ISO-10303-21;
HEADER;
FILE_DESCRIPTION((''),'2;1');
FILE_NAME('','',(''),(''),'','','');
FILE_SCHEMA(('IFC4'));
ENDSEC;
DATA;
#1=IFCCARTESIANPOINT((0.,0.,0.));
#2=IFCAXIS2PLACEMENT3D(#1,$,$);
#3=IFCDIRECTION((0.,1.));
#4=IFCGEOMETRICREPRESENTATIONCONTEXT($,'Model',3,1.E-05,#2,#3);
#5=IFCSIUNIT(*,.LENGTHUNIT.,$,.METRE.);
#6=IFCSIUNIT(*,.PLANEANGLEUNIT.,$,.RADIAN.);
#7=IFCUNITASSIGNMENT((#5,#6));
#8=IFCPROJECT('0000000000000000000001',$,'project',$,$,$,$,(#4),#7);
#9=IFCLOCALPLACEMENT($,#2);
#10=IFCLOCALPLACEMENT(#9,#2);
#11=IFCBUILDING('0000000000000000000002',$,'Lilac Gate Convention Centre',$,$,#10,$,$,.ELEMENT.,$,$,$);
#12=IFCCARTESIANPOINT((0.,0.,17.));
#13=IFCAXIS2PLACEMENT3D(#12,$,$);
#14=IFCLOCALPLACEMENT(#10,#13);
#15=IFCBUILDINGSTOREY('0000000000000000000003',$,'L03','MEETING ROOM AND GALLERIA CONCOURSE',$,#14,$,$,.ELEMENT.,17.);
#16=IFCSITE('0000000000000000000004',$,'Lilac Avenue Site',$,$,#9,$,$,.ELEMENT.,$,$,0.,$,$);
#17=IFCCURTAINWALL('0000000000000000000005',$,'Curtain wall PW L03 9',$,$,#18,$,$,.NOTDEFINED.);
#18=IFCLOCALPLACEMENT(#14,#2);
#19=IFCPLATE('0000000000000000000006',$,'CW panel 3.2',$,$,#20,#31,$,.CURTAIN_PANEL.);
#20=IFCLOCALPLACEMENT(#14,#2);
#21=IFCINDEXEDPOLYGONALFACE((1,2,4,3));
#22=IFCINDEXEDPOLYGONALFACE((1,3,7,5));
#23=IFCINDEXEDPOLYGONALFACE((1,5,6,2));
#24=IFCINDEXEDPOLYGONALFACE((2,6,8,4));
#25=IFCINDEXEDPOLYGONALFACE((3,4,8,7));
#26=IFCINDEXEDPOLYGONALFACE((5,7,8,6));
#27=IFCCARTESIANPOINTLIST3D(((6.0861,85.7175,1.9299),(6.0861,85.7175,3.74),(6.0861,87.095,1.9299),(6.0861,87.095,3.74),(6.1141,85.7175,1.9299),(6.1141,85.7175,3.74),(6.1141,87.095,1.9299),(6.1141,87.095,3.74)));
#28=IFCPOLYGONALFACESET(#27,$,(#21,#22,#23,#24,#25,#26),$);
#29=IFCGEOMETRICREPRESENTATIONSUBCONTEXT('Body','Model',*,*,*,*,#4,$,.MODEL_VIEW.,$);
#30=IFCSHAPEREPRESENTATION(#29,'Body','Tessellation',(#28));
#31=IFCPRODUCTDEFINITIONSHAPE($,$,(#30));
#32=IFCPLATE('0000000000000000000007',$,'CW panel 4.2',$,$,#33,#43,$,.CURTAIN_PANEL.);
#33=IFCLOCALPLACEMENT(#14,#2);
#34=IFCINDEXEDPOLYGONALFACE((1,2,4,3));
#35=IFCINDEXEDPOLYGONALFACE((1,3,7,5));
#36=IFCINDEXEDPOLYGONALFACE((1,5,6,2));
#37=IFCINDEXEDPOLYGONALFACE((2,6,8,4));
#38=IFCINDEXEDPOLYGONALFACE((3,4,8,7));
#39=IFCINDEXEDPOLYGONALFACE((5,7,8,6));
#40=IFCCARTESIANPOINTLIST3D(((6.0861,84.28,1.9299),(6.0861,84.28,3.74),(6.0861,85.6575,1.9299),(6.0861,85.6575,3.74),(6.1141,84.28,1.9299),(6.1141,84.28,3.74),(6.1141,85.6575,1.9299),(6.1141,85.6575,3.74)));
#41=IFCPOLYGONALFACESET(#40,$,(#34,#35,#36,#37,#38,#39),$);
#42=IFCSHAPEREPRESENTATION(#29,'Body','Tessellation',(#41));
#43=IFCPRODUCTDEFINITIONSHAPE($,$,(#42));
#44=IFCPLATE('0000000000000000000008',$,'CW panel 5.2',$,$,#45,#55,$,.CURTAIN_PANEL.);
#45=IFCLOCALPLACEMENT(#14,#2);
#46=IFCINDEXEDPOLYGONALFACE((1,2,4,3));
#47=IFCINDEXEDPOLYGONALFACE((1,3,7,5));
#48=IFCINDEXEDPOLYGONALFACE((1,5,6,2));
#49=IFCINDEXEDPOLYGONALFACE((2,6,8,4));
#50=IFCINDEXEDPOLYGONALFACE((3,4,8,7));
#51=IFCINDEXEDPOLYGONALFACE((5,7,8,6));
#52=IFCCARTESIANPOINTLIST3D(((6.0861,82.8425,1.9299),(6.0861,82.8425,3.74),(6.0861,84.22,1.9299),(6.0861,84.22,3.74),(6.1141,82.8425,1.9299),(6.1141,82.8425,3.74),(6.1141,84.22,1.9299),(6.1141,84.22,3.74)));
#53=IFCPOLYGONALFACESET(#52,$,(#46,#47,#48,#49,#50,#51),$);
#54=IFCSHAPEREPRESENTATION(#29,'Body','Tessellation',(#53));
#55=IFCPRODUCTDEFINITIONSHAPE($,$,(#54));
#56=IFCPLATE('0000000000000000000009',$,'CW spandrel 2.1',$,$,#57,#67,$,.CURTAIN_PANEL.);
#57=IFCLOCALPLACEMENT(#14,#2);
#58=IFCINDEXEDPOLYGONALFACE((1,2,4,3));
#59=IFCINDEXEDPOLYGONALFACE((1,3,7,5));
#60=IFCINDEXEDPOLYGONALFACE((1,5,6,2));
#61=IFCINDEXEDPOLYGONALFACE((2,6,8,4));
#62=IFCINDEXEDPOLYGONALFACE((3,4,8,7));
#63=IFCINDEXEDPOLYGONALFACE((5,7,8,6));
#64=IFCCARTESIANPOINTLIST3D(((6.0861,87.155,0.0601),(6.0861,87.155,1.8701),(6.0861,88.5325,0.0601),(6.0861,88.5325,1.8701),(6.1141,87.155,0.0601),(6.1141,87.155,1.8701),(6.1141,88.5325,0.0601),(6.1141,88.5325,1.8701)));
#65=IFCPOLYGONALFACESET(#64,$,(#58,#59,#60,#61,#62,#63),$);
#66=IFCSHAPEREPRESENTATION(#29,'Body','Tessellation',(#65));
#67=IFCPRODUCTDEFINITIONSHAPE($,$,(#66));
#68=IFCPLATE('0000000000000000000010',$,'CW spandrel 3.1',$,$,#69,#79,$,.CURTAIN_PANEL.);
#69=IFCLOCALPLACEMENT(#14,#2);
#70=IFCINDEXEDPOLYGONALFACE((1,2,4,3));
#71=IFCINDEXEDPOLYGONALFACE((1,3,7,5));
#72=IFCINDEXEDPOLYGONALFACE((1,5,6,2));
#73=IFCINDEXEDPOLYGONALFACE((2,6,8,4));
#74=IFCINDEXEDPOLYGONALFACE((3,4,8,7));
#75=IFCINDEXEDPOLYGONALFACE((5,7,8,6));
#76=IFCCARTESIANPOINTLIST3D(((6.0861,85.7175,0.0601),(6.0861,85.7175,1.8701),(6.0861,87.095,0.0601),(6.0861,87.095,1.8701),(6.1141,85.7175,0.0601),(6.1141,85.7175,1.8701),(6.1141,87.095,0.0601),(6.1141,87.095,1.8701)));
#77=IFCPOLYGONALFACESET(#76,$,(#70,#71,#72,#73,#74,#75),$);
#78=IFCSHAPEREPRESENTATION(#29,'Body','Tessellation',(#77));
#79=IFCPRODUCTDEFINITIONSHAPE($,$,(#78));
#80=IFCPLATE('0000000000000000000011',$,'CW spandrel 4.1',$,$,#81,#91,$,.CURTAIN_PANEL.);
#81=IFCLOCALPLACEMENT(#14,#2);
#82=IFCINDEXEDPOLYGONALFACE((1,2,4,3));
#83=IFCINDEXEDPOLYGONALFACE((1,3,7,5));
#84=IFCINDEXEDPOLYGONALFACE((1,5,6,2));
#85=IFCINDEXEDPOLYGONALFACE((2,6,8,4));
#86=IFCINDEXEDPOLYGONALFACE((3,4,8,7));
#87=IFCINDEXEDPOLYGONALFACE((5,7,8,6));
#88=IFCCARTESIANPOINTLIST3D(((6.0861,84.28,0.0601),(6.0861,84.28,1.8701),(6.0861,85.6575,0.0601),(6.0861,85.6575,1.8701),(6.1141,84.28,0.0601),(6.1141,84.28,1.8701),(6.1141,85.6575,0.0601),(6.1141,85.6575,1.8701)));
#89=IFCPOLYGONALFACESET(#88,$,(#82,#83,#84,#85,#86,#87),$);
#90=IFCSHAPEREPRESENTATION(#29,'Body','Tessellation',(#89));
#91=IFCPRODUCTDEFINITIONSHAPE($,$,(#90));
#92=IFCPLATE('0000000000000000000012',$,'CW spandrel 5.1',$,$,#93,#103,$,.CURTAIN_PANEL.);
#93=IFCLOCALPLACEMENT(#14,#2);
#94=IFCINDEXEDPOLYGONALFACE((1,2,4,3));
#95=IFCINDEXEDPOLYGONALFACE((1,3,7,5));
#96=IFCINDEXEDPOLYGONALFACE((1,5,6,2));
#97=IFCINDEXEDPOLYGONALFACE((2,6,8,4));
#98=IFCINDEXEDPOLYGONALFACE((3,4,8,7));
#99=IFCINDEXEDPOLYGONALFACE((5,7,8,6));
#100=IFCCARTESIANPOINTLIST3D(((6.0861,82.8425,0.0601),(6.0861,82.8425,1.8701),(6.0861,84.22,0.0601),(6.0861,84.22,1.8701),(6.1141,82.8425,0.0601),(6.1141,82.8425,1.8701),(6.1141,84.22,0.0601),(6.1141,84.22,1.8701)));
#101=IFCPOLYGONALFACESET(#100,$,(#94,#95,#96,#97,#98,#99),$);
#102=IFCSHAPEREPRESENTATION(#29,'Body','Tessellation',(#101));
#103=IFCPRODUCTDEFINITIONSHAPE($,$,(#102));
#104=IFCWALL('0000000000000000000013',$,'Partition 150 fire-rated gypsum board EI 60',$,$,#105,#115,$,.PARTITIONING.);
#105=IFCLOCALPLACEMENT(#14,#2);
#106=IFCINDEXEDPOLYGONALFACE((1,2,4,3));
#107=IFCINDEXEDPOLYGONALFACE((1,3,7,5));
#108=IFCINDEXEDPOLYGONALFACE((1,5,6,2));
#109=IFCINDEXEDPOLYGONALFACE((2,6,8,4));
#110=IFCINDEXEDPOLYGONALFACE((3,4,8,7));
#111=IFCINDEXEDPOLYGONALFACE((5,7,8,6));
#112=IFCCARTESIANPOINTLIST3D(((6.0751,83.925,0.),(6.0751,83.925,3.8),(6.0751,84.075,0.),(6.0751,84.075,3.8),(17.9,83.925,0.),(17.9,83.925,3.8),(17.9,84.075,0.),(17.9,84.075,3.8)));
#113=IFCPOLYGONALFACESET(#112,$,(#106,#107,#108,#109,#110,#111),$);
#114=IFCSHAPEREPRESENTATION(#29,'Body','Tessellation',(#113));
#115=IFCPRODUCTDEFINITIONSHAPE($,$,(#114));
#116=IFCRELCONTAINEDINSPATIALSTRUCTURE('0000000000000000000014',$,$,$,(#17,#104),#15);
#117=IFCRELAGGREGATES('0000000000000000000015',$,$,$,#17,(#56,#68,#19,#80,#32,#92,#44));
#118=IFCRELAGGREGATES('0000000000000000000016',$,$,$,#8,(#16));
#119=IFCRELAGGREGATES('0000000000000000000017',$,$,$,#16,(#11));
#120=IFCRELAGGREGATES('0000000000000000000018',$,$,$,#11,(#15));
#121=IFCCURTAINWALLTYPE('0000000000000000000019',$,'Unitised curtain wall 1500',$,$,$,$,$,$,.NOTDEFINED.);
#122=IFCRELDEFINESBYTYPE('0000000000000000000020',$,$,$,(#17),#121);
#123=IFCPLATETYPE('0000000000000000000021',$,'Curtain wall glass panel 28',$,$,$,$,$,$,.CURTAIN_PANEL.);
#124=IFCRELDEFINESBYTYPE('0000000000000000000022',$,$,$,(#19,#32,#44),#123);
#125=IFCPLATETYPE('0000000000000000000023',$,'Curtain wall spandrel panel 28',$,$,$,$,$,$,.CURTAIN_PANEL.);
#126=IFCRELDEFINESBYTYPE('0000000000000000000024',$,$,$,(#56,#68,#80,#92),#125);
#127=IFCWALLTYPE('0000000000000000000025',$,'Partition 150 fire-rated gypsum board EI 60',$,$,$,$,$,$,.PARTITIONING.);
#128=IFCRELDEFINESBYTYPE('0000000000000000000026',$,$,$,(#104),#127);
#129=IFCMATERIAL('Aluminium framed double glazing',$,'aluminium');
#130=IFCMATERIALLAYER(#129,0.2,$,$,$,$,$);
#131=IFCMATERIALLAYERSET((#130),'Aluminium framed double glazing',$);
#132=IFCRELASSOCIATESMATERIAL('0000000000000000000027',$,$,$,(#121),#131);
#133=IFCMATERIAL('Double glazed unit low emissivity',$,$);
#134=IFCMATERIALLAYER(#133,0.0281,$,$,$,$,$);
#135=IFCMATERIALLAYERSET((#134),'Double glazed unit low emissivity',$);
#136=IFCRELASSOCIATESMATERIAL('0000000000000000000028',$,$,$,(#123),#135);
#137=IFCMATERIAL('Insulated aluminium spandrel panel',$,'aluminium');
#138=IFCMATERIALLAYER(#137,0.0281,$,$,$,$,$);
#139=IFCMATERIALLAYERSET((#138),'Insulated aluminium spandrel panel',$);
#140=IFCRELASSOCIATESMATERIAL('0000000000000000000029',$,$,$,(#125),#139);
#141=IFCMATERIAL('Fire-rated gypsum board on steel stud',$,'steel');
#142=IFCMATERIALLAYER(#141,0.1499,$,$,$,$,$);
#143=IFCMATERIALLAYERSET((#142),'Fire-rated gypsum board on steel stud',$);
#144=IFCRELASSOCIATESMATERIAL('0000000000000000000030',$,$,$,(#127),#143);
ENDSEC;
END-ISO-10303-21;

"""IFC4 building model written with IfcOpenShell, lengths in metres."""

from ifc_helpers import new_model, si_unit, direction, frame, frame_2d, origin, origin_2d, place, context, subcontext, project, spatial, rectangle, extrude, material, layer, layer_set, type_object, element, aggregate, save


model = new_model("IFC4")

# Units and contexts
model_context = context("Model", 3, precision=1e-05, world=origin(), true_north=direction((0.0, 1.0)))
body_context = subcontext(model_context, "Body", "Model", "MODEL_VIEW")
ifc_project = project(units=[si_unit("LENGTHUNIT", "METRE"), si_unit("PLANEANGLEUNIT", "RADIAN")], contexts=[model_context])

# Site, building, storey
site_placement = place(None, origin())
site = spatial("IfcSite", under=ifc_project, at=site_placement, Name="Lilac Avenue Site", CompositionType="ELEMENT", RefElevation=0.0)
building_placement = place(site_placement, origin())
building = spatial("IfcBuilding", under=site, at=building_placement, Name="Lilac Gate Convention Centre", CompositionType="ELEMENT")
storey_placement = place(building_placement, frame((0.0, 0.0, 17.0)))
storey = spatial("IfcBuildingStorey", under=building, at=storey_placement, Name="L03", Description="MEETING ROOM AND GALLERIA CONCOURSE", CompositionType="ELEMENT", Elevation=17.0)

# Curtain wall, plates
ifc_material_1 = material(Name="Aluminium framed double glazing", Category="aluminium")
ifc_layer_1 = layer(ifc_material_1, 0.2)
ifc_layer_set_1 = layer_set([ifc_layer_1], Name="Aluminium framed double glazing")
curtain_wall_type = type_object("IfcCurtainWallType", Name="Unitised curtain wall 1500", PredefinedType="NOTDEFINED", material=ifc_layer_set_1)
curtain_wall_placement = place(storey_placement, origin())
curtain_wall = element("IfcCurtainWall", 1, at=curtain_wall_placement, inside=storey, type_object=curtain_wall_type, Name="Curtain wall PW L03 9", PredefinedType="NOTDEFINED")
ifc_material_2 = material(Name="Double glazed unit low emissivity")
ifc_layer_2 = layer(ifc_material_2, 0.0281)
ifc_layer_set_2 = layer_set([ifc_layer_2], Name="Double glazed unit low emissivity")
plate_type_1 = type_object("IfcPlateType", Name="Curtain wall glass panel 28", PredefinedType="CURTAIN_PANEL", material=ifc_layer_set_2)
plate_1_placement = place(storey_placement, frame((6.1001, 86.4062, 1.9299), z_axis=(0.0, 0.0, 1.0), x_axis=(0.0, -1.0, 0.0)))
plate_1 = element("IfcPlate", 2, at=plate_1_placement, type_object=plate_type_1, Name="CW panel 3.2", PredefinedType="CURTAIN_PANEL", context=body_context, shape_type="SweptSolid", body=[
    extrude(rectangle(XDim=1.3774, YDim=0.0281, at=origin_2d()), origin(), (0.0, 0.0, 1.0), 1.8101),
])
plate_2_placement = place(storey_placement, frame((6.1001, 84.9688, 1.9299), z_axis=(0.0, 0.0, 1.0), x_axis=(0.0, -1.0, 0.0)))
plate_2 = element("IfcPlate", 3, at=plate_2_placement, type_object=plate_type_1, Name="CW panel 4.2", PredefinedType="CURTAIN_PANEL", context=body_context, shape_type="SweptSolid", body=[
    extrude(rectangle(XDim=1.3774, YDim=0.0281, at=origin_2d()), origin(), (0.0, 0.0, 1.0), 1.8101),
])
plate_3_placement = place(storey_placement, frame((6.1001, 83.5312, 1.9299), z_axis=(0.0, 0.0, 1.0), x_axis=(0.0, -1.0, 0.0)))
plate_3 = element("IfcPlate", 4, at=plate_3_placement, type_object=plate_type_1, Name="CW panel 5.2", PredefinedType="CURTAIN_PANEL", context=body_context, shape_type="SweptSolid", body=[
    extrude(rectangle(XDim=1.3774, YDim=0.0281, at=origin_2d()), origin(), (0.0, 0.0, 1.0), 1.8101),
])
ifc_material_3 = material(Name="Insulated aluminium spandrel panel", Category="aluminium")
ifc_layer_3 = layer(ifc_material_3, 0.0281)
ifc_layer_set_3 = layer_set([ifc_layer_3], Name="Insulated aluminium spandrel panel")
plate_type_2 = type_object("IfcPlateType", Name="Curtain wall spandrel panel 28", PredefinedType="CURTAIN_PANEL", material=ifc_layer_set_3)
plate_4_placement = place(storey_placement, frame((6.1001, 87.8438, 0.0601), z_axis=(0.0, 0.0, 1.0), x_axis=(0.0, -1.0, 0.0)))
plate_4 = element("IfcPlate", 5, at=plate_4_placement, type_object=plate_type_2, Name="CW spandrel 2.1", PredefinedType="CURTAIN_PANEL", context=body_context, shape_type="SweptSolid", body=[
    extrude(rectangle(XDim=1.3774, YDim=0.0281, at=origin_2d()), origin(), (0.0, 0.0, 1.0), 1.8101),
])
plate_5_placement = place(storey_placement, frame((6.1001, 86.4062, 0.0601), z_axis=(0.0, 0.0, 1.0), x_axis=(0.0, -1.0, 0.0)))
plate_5 = element("IfcPlate", 6, at=plate_5_placement, type_object=plate_type_2, Name="CW spandrel 3.1", PredefinedType="CURTAIN_PANEL", context=body_context, shape_type="SweptSolid", body=[
    extrude(rectangle(XDim=1.3774, YDim=0.0281, at=origin_2d()), origin(), (0.0, 0.0, 1.0), 1.8101),
])
plate_6_placement = place(storey_placement, frame((6.1001, 84.9688, 0.0601), z_axis=(0.0, 0.0, 1.0), x_axis=(0.0, -1.0, 0.0)))
plate_6 = element("IfcPlate", 7, at=plate_6_placement, type_object=plate_type_2, Name="CW spandrel 4.1", PredefinedType="CURTAIN_PANEL", context=body_context, shape_type="SweptSolid", body=[
    extrude(rectangle(XDim=1.3774, YDim=0.0281, at=origin_2d()), origin(), (0.0, 0.0, 1.0), 1.8101),
])
plate_7_placement = place(storey_placement, frame((6.1001, 83.5312, 0.0601), z_axis=(0.0, 0.0, 1.0), x_axis=(0.0, -1.0, 0.0)))
plate_7 = element("IfcPlate", 8, at=plate_7_placement, type_object=plate_type_2, Name="CW spandrel 5.1", PredefinedType="CURTAIN_PANEL", context=body_context, shape_type="SweptSolid", body=[
    extrude(rectangle(XDim=1.3774, YDim=0.0281, at=origin_2d()), origin(), (0.0, 0.0, 1.0), 1.8101),
])
aggregate(curtain_wall, [plate_4, plate_5, plate_1, plate_6, plate_2, plate_7, plate_3])

# Wall
ifc_material_4 = material(Name="Fire-rated gypsum board on steel stud", Category="steel")
ifc_layer_4 = layer(ifc_material_4, 0.1499)
ifc_layer_set_4 = layer_set([ifc_layer_4], Name="Fire-rated gypsum board on steel stud")
wall_type = type_object("IfcWallType", Name="Partition 150 fire-rated gypsum board EI 60", PredefinedType="PARTITIONING", material=ifc_layer_set_4)
wall_placement = place(storey_placement, frame((6.075, 84.0, 0.0), z_axis=(0.0, 0.0, 1.0), x_axis=(1.0, 0.0, 0.0)))
element("IfcWall", 9, at=wall_placement, inside=storey, type_object=wall_type, Name="Partition 150 fire-rated gypsum board EI 60", PredefinedType="PARTITIONING", context=body_context, shape_type="SweptSolid", body=[
    extrude(rectangle(XDim=11.825, YDim=0.1499, at=frame_2d((5.9126, 0.0))), origin(), (0.0, 0.0, 1.0), 3.8),
])

save(model, "model.ifc")
